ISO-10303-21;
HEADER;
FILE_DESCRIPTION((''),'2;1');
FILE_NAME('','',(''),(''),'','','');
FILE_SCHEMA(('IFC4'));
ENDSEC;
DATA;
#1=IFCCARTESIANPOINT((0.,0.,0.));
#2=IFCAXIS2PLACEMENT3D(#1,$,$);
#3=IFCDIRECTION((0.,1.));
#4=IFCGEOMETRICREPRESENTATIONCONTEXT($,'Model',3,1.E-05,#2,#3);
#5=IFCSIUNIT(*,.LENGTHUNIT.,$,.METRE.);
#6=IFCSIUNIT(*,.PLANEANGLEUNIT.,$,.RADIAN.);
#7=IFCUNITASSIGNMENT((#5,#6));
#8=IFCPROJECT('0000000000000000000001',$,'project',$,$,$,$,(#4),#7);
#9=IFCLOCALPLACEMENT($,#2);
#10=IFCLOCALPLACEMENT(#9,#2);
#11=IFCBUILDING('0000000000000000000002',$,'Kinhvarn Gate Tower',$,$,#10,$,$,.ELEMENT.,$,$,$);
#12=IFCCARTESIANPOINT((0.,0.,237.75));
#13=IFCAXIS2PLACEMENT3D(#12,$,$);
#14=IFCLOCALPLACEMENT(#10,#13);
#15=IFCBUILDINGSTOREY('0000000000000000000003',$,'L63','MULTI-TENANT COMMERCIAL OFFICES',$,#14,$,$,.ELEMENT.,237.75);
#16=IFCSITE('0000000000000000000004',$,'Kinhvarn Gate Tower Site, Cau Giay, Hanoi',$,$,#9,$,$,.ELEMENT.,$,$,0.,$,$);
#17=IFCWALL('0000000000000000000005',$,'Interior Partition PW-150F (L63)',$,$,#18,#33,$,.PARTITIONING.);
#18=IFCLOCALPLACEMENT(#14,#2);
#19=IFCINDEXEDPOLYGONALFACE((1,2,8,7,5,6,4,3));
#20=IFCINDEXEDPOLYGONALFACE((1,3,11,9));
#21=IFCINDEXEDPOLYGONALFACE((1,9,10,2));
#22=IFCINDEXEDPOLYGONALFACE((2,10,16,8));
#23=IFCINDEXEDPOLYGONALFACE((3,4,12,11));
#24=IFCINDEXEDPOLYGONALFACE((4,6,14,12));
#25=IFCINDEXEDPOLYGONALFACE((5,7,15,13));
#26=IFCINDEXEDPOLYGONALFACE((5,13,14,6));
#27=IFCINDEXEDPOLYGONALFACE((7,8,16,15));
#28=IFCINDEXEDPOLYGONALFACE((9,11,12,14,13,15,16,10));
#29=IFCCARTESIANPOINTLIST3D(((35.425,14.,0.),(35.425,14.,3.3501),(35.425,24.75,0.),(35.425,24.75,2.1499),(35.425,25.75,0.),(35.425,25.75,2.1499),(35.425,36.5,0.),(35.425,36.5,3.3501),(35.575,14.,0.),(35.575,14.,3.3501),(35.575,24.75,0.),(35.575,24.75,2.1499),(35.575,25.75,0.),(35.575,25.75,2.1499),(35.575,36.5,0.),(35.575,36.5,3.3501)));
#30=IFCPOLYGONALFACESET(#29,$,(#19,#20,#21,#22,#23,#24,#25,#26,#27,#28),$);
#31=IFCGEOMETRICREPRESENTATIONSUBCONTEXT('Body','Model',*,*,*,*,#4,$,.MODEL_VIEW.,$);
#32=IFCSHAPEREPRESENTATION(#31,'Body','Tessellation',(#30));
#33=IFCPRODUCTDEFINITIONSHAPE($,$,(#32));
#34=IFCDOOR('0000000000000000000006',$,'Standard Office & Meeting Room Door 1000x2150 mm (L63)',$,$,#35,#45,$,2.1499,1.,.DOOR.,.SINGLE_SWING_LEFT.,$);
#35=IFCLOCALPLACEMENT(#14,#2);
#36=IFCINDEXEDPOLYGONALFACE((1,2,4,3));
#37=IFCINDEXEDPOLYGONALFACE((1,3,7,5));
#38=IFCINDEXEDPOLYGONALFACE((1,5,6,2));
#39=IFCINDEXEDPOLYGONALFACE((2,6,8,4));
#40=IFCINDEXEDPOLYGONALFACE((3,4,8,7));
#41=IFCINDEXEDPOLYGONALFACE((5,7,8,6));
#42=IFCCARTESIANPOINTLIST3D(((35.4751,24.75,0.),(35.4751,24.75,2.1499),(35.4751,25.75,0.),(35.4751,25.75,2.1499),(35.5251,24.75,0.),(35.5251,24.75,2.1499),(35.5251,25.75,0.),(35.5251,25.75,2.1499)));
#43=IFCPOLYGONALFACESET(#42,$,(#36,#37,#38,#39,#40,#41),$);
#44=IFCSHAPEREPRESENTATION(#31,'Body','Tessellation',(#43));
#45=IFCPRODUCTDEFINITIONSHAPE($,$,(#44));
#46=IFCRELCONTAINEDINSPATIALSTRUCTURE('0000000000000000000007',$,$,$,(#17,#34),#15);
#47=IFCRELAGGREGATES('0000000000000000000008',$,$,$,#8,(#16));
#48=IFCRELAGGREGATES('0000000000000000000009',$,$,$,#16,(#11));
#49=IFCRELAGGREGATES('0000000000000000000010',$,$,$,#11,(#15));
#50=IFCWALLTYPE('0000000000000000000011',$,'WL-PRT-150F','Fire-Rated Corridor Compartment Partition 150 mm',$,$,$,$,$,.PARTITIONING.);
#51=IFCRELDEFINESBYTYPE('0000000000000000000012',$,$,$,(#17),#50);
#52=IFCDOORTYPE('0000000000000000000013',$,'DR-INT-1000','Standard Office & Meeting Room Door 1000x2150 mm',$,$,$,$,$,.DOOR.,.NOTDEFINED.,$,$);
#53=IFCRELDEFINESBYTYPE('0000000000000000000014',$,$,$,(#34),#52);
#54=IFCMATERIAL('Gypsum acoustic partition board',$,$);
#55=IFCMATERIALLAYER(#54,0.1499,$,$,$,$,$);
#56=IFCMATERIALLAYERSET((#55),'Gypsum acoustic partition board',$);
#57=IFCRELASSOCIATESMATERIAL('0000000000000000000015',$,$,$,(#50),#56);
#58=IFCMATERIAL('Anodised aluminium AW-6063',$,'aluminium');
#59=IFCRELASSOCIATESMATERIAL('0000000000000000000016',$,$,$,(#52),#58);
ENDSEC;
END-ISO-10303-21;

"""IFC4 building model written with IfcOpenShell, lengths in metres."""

from ifc_helpers import new_model, si_unit, direction, frame, frame_2d, origin, place, context, subcontext, project, spatial, rectangle, extrude, material, layer, layer_set, type_object, element, fill, save


model = new_model("IFC4")

# Units and contexts
model_context = context("Model", 3, precision=1e-05, world=origin(), true_north=direction((0.0, 1.0)))
body_context = subcontext(model_context, "Body", "Model", "MODEL_VIEW")
ifc_project = project(units=[si_unit("LENGTHUNIT", "METRE"), si_unit("PLANEANGLEUNIT", "RADIAN")], contexts=[model_context])

# Site, building, storey
site_placement = place(None, origin())
site = spatial("IfcSite", under=ifc_project, at=site_placement, Name="Kinhvarn Gate Tower Site, Cau Giay, Hanoi", CompositionType="ELEMENT", RefElevation=0.0)
building_placement = place(site_placement, origin())
building = spatial("IfcBuilding", under=site, at=building_placement, Name="Kinhvarn Gate Tower", CompositionType="ELEMENT")
storey_placement = place(building_placement, frame((0.0, 0.0, 237.75)))
storey = spatial("IfcBuildingStorey", under=building, at=storey_placement, Name="L63", Description="MULTI-TENANT COMMERCIAL OFFICES", CompositionType="ELEMENT", Elevation=237.75)

# Shared definitions
ifc_material_1 = material(Name="Anodised aluminium AW-6063", Category="aluminium")

# Wall, opening, door
ifc_material_2 = material(Name="Gypsum acoustic partition board")
ifc_layer_1 = layer(ifc_material_2, 0.1499)
ifc_layer_set_1 = layer_set([ifc_layer_1], Name="Gypsum acoustic partition board")
wall_type = type_object("IfcWallType", Name="WL-PRT-150F", Description="Fire-Rated Corridor Compartment Partition 150 mm", PredefinedType="PARTITIONING", material=ifc_layer_set_1)
wall_placement = place(storey_placement, frame((35.5, 14.0, 0.0), z_axis=(0.0, 0.0, 1.0), x_axis=(0.0, 1.0, 0.0)))
wall = element("IfcWall", 1, at=wall_placement, inside=storey, type_object=wall_type, Name="Interior Partition PW-150F (L63)", PredefinedType="PARTITIONING", context=body_context, shape_type="SweptSolid", body=[
    extrude(rectangle(XDim=22.5, YDim=0.1499, at=frame_2d((11.25, 0.0))), origin(), (0.0, 0.0, 1.0), 3.3501),
])
opening_placement = place(wall_placement, frame((10.75, 0.0, 0.0)))
opening = element("IfcOpeningElement", 2, at=opening_placement, cuts=wall, PredefinedType="OPENING", context=body_context, shape_type="SweptSolid", body=[
    extrude(rectangle(XDim=1.0, YDim=2.1499, at=frame_2d((0.5, 1.075))), frame((0.0, 0.085, 0.0), z_axis=(0.0, -1.0, 0.0), x_axis=(1.0, 0.0, 0.0)), (0.0, 0.0, 1.0), 0.1699),
])
door_type = type_object("IfcDoorType", Name="DR-INT-1000", Description="Standard Office & Meeting Room Door 1000x2150 mm", OperationType="NOTDEFINED", PredefinedType="DOOR", material=ifc_material_1)
door_placement = place(opening_placement, origin())
door = element("IfcDoor", 3, at=door_placement, inside=storey, type_object=door_type, Name="Standard Office & Meeting Room Door 1000x2150 mm (L63)", OperationType="SINGLE_SWING_LEFT", OverallHeight=2.1499, OverallWidth=1.0, PredefinedType="DOOR", context=body_context, shape_type="SweptSolid", body=[
    extrude(rectangle(XDim=1.0, YDim=2.1499, at=frame_2d((0.5, 1.075))), frame((0.0, 0.0249, 0.0), z_axis=(0.0, -1.0, 0.0), x_axis=(1.0, 0.0, 0.0)), (0.0, 0.0, 1.0), 0.05),
])
fill(opening, door)

save(model, "model.ifc")
